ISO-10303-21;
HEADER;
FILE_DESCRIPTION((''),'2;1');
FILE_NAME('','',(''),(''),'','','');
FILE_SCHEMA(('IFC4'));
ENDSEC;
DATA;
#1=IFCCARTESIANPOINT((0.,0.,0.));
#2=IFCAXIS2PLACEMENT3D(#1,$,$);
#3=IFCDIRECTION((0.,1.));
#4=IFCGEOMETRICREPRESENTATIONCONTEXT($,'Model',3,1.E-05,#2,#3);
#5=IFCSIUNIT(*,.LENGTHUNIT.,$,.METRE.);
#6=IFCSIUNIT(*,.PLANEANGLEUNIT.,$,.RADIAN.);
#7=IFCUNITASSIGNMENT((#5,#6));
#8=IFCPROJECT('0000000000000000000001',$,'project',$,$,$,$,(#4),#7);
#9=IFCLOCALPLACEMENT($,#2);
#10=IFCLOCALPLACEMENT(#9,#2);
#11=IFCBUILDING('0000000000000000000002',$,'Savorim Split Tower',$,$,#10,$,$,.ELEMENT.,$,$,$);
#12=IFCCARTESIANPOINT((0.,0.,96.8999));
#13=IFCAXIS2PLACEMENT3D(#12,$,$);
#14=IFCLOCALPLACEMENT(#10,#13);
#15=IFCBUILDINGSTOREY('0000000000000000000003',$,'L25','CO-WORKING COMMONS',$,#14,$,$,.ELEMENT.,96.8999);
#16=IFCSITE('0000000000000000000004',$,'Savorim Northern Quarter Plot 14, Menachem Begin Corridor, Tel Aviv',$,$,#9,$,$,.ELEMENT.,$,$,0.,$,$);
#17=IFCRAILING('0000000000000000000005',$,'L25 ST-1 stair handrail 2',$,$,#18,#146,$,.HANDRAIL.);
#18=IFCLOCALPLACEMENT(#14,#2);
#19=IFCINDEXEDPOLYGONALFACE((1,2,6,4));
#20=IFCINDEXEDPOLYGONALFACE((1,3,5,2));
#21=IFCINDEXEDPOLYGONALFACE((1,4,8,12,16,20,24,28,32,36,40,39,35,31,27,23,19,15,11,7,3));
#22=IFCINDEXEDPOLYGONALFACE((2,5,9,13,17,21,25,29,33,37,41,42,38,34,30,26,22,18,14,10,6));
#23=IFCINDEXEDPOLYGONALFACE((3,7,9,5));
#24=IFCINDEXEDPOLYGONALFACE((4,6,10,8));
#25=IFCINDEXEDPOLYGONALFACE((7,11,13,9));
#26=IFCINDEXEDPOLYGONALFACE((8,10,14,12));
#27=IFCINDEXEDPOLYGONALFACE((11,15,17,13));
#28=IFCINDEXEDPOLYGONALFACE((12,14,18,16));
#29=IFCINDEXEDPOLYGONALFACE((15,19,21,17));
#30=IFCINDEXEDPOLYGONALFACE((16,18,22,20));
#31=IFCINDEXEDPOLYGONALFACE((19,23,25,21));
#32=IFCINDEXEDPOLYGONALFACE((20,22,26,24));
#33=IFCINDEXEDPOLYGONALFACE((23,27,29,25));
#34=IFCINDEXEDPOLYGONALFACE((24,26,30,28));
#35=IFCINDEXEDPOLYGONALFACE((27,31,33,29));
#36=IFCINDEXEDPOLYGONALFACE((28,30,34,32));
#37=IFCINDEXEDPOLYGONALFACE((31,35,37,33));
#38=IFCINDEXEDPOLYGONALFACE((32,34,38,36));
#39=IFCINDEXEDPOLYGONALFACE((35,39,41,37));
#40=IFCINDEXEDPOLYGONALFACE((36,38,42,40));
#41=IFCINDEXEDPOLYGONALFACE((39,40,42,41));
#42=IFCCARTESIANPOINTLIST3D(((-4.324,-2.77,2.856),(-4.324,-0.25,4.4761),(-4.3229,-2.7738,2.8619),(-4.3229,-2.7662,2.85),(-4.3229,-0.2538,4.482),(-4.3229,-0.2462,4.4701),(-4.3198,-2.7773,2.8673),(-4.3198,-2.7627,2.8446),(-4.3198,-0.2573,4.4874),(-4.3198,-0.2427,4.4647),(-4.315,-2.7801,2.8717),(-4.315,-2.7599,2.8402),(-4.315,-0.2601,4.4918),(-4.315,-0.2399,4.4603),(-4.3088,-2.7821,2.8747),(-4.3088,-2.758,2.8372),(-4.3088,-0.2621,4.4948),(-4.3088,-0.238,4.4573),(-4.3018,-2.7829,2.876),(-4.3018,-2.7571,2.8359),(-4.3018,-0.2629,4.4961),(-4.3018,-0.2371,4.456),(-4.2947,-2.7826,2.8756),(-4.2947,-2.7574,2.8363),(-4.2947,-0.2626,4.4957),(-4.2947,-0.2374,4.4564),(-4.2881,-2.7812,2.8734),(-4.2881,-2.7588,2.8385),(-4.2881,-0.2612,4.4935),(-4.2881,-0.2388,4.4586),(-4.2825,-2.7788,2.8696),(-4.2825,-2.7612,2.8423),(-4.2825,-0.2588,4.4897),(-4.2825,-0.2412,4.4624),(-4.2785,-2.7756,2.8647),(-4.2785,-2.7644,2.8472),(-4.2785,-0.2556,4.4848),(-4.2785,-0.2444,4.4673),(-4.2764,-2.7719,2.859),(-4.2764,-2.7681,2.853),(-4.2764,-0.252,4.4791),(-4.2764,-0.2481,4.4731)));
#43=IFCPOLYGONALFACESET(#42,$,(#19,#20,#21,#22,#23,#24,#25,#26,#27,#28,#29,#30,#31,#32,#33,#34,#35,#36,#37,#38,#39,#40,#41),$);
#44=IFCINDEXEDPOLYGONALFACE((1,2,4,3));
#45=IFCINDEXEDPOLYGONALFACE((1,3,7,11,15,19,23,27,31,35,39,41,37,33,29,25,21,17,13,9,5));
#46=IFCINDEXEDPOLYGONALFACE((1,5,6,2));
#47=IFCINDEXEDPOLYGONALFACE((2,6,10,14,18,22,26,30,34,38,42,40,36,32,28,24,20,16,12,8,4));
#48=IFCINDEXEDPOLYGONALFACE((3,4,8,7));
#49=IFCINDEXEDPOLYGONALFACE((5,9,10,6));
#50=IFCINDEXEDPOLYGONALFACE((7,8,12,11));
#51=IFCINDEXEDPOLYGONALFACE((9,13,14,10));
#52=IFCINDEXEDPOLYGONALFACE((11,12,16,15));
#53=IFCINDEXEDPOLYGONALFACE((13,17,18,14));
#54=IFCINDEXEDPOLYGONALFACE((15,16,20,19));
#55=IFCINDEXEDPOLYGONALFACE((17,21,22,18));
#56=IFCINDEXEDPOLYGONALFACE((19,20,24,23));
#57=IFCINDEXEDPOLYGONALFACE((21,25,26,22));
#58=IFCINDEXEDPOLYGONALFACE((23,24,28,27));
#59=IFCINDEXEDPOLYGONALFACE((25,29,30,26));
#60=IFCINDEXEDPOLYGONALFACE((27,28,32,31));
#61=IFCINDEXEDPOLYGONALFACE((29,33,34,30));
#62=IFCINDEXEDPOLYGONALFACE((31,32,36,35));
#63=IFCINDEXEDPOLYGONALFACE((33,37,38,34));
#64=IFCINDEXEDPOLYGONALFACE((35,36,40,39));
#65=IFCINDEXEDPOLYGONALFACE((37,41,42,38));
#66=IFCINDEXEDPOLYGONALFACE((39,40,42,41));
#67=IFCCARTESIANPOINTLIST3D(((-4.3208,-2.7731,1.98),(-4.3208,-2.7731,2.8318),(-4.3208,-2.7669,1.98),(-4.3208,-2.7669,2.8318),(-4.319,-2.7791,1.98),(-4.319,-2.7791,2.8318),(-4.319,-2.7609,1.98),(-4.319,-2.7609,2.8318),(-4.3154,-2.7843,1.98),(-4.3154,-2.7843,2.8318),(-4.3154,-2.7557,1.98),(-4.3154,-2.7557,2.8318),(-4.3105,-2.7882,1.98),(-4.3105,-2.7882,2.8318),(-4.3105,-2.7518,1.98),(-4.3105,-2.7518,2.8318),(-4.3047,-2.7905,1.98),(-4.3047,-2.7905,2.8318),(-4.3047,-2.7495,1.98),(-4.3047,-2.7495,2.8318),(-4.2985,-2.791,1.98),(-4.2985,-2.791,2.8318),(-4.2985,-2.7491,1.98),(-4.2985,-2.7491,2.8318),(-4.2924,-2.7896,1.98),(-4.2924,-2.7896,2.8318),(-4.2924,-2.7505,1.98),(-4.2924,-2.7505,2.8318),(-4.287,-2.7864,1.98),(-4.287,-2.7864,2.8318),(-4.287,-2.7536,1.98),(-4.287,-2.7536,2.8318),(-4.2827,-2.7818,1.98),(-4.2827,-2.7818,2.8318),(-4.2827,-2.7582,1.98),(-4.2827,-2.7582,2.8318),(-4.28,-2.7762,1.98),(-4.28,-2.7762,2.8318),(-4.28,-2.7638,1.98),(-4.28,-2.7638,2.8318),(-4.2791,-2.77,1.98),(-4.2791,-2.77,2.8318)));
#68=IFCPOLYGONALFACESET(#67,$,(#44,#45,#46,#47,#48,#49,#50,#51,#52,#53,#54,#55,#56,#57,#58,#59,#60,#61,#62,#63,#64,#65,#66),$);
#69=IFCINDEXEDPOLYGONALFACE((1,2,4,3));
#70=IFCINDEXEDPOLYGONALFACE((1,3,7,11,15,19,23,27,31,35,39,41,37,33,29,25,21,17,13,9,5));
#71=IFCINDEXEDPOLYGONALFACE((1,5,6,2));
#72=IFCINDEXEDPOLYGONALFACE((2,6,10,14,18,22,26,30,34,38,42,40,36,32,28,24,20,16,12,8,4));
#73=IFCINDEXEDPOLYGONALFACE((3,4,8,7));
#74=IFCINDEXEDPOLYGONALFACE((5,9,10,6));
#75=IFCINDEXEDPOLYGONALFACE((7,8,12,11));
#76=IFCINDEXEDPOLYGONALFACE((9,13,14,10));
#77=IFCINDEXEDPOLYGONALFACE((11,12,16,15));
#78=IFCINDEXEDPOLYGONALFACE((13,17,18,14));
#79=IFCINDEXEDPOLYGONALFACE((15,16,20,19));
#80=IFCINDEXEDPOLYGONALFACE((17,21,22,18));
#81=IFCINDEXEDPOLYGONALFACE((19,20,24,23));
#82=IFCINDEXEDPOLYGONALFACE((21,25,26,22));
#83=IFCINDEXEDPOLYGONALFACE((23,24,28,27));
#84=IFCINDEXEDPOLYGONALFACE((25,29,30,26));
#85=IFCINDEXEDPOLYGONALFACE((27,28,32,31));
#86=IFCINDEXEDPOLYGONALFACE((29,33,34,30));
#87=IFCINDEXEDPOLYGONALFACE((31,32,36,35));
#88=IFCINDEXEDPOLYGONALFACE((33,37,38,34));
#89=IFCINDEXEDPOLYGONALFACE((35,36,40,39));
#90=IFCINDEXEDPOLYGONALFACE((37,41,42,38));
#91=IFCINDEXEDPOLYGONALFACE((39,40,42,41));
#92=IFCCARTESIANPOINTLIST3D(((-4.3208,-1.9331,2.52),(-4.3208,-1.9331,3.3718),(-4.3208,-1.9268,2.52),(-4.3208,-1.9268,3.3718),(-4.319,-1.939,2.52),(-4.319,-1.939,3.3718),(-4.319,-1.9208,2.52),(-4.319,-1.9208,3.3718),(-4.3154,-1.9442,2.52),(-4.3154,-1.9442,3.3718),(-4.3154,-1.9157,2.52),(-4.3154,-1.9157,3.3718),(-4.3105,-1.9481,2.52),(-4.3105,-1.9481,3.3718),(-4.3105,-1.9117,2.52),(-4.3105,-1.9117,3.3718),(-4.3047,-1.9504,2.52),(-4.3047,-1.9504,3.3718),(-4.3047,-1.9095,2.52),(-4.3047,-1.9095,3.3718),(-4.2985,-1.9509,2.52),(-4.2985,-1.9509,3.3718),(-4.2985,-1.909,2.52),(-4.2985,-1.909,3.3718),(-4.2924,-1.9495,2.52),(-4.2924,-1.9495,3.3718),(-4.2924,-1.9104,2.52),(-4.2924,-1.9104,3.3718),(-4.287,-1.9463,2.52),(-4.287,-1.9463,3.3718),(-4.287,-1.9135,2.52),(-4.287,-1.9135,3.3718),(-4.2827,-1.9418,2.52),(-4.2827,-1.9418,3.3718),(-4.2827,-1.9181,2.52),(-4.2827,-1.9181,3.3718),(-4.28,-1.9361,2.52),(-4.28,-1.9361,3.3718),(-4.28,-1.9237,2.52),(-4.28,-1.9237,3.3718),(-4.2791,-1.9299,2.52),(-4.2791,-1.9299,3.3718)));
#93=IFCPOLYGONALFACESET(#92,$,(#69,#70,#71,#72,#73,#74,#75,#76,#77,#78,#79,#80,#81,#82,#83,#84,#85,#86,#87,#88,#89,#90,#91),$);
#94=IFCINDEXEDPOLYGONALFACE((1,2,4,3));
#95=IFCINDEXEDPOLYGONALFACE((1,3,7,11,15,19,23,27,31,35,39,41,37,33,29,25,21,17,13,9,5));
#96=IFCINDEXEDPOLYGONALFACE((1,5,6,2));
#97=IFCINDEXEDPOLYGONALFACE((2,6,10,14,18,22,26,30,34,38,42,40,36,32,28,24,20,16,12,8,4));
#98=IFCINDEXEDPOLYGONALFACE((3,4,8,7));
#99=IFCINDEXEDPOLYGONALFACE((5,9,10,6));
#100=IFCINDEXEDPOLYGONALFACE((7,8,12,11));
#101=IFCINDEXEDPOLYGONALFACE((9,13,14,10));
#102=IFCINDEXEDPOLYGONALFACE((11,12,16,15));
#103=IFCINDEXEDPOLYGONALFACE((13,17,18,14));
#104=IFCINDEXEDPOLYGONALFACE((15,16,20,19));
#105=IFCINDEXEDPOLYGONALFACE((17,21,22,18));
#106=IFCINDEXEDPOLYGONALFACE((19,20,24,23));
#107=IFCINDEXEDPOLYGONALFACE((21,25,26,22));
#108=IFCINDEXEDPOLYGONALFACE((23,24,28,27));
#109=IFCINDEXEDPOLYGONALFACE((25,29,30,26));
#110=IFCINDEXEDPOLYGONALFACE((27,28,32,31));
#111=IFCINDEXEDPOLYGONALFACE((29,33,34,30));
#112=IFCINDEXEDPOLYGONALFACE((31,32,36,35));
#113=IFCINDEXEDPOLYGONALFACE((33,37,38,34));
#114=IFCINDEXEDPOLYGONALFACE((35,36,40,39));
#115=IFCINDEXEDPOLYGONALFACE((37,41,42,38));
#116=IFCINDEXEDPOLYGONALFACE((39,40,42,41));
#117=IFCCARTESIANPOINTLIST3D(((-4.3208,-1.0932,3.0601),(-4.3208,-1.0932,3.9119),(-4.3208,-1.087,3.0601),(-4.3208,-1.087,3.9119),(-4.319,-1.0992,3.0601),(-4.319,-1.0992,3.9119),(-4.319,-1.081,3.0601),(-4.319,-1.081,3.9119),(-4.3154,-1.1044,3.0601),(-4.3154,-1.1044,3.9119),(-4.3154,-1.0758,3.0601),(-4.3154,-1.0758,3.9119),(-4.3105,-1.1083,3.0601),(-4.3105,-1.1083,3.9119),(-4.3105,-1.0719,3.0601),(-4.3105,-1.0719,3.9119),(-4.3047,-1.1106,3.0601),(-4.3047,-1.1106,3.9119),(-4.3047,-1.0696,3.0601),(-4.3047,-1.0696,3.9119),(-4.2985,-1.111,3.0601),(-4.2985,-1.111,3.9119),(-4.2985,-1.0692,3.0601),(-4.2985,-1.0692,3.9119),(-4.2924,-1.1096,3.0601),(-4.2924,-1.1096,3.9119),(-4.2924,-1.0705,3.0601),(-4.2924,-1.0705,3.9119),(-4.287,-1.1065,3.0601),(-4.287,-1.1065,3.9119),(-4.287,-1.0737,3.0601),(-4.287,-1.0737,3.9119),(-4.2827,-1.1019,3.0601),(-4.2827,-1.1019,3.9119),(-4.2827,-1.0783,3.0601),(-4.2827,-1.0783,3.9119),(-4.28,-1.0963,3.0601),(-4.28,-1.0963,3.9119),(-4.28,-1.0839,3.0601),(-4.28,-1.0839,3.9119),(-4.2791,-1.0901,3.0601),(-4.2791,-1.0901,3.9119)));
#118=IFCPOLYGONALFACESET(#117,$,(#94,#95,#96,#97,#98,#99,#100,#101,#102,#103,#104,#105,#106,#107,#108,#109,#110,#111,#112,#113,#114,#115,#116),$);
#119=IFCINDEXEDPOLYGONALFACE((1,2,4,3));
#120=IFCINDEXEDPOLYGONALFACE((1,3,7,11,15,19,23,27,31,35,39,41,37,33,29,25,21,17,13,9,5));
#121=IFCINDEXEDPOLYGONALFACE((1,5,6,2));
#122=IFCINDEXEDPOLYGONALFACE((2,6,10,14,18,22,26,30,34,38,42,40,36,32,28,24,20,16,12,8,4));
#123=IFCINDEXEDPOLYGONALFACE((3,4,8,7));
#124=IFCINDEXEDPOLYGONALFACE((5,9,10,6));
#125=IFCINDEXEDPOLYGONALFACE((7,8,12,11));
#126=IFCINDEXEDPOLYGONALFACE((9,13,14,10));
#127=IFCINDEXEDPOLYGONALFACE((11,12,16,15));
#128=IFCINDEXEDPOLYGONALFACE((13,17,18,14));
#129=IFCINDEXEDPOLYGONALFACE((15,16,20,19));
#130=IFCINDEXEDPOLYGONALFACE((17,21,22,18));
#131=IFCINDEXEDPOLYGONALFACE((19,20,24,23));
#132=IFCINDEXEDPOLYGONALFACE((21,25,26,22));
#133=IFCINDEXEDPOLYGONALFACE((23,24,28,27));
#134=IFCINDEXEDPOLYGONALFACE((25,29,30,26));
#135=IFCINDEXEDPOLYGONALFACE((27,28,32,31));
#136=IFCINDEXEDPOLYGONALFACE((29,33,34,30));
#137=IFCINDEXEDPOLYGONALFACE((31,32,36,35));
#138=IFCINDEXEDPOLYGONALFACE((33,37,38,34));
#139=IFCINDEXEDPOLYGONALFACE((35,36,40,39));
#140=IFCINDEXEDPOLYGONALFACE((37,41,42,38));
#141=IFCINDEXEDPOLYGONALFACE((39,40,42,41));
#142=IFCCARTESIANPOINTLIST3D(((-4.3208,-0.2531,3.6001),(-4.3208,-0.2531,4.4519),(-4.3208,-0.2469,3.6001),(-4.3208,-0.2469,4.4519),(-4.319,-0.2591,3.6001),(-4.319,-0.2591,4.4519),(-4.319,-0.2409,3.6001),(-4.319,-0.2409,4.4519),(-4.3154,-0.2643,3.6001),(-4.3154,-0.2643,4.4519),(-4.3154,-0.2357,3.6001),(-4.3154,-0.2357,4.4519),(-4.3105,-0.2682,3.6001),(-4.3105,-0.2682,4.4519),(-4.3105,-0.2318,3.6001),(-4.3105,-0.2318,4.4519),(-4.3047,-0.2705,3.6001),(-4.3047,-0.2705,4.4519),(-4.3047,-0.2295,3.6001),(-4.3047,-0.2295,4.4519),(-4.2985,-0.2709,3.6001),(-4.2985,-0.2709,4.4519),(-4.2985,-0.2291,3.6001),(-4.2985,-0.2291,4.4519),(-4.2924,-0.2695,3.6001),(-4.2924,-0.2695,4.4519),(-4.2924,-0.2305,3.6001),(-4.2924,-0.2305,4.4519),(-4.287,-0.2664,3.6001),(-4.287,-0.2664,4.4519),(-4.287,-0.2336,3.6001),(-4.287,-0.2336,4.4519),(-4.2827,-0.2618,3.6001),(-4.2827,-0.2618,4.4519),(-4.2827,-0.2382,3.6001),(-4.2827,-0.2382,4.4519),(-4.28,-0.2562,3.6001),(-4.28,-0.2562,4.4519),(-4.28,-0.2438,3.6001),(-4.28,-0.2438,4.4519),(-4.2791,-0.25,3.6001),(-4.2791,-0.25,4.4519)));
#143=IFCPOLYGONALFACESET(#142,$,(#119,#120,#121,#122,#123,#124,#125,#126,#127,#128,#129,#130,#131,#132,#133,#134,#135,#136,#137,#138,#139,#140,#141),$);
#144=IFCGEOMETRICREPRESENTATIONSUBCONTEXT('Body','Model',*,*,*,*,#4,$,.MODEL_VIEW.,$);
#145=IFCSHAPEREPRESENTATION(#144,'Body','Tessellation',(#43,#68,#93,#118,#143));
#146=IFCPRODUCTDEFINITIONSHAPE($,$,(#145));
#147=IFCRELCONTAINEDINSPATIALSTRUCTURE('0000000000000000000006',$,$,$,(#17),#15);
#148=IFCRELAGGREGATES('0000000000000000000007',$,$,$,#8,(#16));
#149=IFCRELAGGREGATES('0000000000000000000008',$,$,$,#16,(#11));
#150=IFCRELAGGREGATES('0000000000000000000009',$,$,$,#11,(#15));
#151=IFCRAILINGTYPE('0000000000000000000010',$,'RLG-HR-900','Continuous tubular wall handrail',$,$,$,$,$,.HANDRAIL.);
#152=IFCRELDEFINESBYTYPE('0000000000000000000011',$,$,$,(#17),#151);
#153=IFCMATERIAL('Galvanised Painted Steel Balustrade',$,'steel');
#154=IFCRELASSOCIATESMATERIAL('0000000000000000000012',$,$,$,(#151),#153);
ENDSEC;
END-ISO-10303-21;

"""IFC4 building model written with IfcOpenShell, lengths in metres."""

from ifc_helpers import new_model, si_unit, direction, frame, origin, origin_2d, place, context, subcontext, project, spatial, circle, extrude, material, type_object, element, save


model = new_model("IFC4")

# Units and contexts
model_context = context("Model", 3, precision=1e-05, world=origin(), true_north=direction((0.0, 1.0)))
body_context = subcontext(model_context, "Body", "Model", "MODEL_VIEW")
ifc_project = project(units=[si_unit("LENGTHUNIT", "METRE"), si_unit("PLANEANGLEUNIT", "RADIAN")], contexts=[model_context])

# Site, building, storey
site_placement = place(None, origin())
site = spatial("IfcSite", under=ifc_project, at=site_placement, Name="Savorim Northern Quarter Plot 14, Menachem Begin Corridor, Tel Aviv", CompositionType="ELEMENT", RefElevation=0.0)
building_placement = place(site_placement, origin())
building = spatial("IfcBuilding", under=site, at=building_placement, Name="Savorim Split Tower", CompositionType="ELEMENT")
storey_placement = place(building_placement, frame((0.0, 0.0, 96.8999)))
storey = spatial("IfcBuildingStorey", under=building, at=storey_placement, Name="L25", Description="CO-WORKING COMMONS", CompositionType="ELEMENT", Elevation=96.8999)

# Railing
ifc_material_1 = material(Name="Galvanised Painted Steel Balustrade", Category="steel")
railing_type_1 = type_object("IfcRailingType", Name="RLG-HR-900", Description="Continuous tubular wall handrail", PredefinedType="HANDRAIL", material=ifc_material_1)
railing_1_placement = place(storey_placement, frame((-4.3, -2.77, 1.98)))
element("IfcRailing", 1, at=railing_1_placement, inside=storey, type_object=railing_type_1, Name="L25 ST-1 stair handrail 2", PredefinedType="HANDRAIL", context=body_context, shape_type="SweptSolid", body=[
    extrude(circle(Radius=0.0239, at=origin_2d()), frame((0.0, 0.0, 0.876), z_axis=(0.0, 0.841163, 0.540782), x_axis=(-1.0, 0.0, 0.0)), (0.0, 0.0, 1.0), 2.9958),
    extrude(circle(Radius=0.021, at=origin_2d()), origin(), (0.0, 0.0, 1.0), 0.8518),
    extrude(circle(Radius=0.021, at=origin_2d()), frame((0.0, 0.8401, 0.54)), (0.0, 0.0, 1.0), 0.8518),
    extrude(circle(Radius=0.021, at=origin_2d()), frame((0.0, 1.6799, 1.0801)), (0.0, 0.0, 1.0), 0.8518),
    extrude(circle(Radius=0.021, at=origin_2d()), frame((0.0, 2.52, 1.6201)), (0.0, 0.0, 1.0), 0.8518),
])

save(model, "model.ifc")
